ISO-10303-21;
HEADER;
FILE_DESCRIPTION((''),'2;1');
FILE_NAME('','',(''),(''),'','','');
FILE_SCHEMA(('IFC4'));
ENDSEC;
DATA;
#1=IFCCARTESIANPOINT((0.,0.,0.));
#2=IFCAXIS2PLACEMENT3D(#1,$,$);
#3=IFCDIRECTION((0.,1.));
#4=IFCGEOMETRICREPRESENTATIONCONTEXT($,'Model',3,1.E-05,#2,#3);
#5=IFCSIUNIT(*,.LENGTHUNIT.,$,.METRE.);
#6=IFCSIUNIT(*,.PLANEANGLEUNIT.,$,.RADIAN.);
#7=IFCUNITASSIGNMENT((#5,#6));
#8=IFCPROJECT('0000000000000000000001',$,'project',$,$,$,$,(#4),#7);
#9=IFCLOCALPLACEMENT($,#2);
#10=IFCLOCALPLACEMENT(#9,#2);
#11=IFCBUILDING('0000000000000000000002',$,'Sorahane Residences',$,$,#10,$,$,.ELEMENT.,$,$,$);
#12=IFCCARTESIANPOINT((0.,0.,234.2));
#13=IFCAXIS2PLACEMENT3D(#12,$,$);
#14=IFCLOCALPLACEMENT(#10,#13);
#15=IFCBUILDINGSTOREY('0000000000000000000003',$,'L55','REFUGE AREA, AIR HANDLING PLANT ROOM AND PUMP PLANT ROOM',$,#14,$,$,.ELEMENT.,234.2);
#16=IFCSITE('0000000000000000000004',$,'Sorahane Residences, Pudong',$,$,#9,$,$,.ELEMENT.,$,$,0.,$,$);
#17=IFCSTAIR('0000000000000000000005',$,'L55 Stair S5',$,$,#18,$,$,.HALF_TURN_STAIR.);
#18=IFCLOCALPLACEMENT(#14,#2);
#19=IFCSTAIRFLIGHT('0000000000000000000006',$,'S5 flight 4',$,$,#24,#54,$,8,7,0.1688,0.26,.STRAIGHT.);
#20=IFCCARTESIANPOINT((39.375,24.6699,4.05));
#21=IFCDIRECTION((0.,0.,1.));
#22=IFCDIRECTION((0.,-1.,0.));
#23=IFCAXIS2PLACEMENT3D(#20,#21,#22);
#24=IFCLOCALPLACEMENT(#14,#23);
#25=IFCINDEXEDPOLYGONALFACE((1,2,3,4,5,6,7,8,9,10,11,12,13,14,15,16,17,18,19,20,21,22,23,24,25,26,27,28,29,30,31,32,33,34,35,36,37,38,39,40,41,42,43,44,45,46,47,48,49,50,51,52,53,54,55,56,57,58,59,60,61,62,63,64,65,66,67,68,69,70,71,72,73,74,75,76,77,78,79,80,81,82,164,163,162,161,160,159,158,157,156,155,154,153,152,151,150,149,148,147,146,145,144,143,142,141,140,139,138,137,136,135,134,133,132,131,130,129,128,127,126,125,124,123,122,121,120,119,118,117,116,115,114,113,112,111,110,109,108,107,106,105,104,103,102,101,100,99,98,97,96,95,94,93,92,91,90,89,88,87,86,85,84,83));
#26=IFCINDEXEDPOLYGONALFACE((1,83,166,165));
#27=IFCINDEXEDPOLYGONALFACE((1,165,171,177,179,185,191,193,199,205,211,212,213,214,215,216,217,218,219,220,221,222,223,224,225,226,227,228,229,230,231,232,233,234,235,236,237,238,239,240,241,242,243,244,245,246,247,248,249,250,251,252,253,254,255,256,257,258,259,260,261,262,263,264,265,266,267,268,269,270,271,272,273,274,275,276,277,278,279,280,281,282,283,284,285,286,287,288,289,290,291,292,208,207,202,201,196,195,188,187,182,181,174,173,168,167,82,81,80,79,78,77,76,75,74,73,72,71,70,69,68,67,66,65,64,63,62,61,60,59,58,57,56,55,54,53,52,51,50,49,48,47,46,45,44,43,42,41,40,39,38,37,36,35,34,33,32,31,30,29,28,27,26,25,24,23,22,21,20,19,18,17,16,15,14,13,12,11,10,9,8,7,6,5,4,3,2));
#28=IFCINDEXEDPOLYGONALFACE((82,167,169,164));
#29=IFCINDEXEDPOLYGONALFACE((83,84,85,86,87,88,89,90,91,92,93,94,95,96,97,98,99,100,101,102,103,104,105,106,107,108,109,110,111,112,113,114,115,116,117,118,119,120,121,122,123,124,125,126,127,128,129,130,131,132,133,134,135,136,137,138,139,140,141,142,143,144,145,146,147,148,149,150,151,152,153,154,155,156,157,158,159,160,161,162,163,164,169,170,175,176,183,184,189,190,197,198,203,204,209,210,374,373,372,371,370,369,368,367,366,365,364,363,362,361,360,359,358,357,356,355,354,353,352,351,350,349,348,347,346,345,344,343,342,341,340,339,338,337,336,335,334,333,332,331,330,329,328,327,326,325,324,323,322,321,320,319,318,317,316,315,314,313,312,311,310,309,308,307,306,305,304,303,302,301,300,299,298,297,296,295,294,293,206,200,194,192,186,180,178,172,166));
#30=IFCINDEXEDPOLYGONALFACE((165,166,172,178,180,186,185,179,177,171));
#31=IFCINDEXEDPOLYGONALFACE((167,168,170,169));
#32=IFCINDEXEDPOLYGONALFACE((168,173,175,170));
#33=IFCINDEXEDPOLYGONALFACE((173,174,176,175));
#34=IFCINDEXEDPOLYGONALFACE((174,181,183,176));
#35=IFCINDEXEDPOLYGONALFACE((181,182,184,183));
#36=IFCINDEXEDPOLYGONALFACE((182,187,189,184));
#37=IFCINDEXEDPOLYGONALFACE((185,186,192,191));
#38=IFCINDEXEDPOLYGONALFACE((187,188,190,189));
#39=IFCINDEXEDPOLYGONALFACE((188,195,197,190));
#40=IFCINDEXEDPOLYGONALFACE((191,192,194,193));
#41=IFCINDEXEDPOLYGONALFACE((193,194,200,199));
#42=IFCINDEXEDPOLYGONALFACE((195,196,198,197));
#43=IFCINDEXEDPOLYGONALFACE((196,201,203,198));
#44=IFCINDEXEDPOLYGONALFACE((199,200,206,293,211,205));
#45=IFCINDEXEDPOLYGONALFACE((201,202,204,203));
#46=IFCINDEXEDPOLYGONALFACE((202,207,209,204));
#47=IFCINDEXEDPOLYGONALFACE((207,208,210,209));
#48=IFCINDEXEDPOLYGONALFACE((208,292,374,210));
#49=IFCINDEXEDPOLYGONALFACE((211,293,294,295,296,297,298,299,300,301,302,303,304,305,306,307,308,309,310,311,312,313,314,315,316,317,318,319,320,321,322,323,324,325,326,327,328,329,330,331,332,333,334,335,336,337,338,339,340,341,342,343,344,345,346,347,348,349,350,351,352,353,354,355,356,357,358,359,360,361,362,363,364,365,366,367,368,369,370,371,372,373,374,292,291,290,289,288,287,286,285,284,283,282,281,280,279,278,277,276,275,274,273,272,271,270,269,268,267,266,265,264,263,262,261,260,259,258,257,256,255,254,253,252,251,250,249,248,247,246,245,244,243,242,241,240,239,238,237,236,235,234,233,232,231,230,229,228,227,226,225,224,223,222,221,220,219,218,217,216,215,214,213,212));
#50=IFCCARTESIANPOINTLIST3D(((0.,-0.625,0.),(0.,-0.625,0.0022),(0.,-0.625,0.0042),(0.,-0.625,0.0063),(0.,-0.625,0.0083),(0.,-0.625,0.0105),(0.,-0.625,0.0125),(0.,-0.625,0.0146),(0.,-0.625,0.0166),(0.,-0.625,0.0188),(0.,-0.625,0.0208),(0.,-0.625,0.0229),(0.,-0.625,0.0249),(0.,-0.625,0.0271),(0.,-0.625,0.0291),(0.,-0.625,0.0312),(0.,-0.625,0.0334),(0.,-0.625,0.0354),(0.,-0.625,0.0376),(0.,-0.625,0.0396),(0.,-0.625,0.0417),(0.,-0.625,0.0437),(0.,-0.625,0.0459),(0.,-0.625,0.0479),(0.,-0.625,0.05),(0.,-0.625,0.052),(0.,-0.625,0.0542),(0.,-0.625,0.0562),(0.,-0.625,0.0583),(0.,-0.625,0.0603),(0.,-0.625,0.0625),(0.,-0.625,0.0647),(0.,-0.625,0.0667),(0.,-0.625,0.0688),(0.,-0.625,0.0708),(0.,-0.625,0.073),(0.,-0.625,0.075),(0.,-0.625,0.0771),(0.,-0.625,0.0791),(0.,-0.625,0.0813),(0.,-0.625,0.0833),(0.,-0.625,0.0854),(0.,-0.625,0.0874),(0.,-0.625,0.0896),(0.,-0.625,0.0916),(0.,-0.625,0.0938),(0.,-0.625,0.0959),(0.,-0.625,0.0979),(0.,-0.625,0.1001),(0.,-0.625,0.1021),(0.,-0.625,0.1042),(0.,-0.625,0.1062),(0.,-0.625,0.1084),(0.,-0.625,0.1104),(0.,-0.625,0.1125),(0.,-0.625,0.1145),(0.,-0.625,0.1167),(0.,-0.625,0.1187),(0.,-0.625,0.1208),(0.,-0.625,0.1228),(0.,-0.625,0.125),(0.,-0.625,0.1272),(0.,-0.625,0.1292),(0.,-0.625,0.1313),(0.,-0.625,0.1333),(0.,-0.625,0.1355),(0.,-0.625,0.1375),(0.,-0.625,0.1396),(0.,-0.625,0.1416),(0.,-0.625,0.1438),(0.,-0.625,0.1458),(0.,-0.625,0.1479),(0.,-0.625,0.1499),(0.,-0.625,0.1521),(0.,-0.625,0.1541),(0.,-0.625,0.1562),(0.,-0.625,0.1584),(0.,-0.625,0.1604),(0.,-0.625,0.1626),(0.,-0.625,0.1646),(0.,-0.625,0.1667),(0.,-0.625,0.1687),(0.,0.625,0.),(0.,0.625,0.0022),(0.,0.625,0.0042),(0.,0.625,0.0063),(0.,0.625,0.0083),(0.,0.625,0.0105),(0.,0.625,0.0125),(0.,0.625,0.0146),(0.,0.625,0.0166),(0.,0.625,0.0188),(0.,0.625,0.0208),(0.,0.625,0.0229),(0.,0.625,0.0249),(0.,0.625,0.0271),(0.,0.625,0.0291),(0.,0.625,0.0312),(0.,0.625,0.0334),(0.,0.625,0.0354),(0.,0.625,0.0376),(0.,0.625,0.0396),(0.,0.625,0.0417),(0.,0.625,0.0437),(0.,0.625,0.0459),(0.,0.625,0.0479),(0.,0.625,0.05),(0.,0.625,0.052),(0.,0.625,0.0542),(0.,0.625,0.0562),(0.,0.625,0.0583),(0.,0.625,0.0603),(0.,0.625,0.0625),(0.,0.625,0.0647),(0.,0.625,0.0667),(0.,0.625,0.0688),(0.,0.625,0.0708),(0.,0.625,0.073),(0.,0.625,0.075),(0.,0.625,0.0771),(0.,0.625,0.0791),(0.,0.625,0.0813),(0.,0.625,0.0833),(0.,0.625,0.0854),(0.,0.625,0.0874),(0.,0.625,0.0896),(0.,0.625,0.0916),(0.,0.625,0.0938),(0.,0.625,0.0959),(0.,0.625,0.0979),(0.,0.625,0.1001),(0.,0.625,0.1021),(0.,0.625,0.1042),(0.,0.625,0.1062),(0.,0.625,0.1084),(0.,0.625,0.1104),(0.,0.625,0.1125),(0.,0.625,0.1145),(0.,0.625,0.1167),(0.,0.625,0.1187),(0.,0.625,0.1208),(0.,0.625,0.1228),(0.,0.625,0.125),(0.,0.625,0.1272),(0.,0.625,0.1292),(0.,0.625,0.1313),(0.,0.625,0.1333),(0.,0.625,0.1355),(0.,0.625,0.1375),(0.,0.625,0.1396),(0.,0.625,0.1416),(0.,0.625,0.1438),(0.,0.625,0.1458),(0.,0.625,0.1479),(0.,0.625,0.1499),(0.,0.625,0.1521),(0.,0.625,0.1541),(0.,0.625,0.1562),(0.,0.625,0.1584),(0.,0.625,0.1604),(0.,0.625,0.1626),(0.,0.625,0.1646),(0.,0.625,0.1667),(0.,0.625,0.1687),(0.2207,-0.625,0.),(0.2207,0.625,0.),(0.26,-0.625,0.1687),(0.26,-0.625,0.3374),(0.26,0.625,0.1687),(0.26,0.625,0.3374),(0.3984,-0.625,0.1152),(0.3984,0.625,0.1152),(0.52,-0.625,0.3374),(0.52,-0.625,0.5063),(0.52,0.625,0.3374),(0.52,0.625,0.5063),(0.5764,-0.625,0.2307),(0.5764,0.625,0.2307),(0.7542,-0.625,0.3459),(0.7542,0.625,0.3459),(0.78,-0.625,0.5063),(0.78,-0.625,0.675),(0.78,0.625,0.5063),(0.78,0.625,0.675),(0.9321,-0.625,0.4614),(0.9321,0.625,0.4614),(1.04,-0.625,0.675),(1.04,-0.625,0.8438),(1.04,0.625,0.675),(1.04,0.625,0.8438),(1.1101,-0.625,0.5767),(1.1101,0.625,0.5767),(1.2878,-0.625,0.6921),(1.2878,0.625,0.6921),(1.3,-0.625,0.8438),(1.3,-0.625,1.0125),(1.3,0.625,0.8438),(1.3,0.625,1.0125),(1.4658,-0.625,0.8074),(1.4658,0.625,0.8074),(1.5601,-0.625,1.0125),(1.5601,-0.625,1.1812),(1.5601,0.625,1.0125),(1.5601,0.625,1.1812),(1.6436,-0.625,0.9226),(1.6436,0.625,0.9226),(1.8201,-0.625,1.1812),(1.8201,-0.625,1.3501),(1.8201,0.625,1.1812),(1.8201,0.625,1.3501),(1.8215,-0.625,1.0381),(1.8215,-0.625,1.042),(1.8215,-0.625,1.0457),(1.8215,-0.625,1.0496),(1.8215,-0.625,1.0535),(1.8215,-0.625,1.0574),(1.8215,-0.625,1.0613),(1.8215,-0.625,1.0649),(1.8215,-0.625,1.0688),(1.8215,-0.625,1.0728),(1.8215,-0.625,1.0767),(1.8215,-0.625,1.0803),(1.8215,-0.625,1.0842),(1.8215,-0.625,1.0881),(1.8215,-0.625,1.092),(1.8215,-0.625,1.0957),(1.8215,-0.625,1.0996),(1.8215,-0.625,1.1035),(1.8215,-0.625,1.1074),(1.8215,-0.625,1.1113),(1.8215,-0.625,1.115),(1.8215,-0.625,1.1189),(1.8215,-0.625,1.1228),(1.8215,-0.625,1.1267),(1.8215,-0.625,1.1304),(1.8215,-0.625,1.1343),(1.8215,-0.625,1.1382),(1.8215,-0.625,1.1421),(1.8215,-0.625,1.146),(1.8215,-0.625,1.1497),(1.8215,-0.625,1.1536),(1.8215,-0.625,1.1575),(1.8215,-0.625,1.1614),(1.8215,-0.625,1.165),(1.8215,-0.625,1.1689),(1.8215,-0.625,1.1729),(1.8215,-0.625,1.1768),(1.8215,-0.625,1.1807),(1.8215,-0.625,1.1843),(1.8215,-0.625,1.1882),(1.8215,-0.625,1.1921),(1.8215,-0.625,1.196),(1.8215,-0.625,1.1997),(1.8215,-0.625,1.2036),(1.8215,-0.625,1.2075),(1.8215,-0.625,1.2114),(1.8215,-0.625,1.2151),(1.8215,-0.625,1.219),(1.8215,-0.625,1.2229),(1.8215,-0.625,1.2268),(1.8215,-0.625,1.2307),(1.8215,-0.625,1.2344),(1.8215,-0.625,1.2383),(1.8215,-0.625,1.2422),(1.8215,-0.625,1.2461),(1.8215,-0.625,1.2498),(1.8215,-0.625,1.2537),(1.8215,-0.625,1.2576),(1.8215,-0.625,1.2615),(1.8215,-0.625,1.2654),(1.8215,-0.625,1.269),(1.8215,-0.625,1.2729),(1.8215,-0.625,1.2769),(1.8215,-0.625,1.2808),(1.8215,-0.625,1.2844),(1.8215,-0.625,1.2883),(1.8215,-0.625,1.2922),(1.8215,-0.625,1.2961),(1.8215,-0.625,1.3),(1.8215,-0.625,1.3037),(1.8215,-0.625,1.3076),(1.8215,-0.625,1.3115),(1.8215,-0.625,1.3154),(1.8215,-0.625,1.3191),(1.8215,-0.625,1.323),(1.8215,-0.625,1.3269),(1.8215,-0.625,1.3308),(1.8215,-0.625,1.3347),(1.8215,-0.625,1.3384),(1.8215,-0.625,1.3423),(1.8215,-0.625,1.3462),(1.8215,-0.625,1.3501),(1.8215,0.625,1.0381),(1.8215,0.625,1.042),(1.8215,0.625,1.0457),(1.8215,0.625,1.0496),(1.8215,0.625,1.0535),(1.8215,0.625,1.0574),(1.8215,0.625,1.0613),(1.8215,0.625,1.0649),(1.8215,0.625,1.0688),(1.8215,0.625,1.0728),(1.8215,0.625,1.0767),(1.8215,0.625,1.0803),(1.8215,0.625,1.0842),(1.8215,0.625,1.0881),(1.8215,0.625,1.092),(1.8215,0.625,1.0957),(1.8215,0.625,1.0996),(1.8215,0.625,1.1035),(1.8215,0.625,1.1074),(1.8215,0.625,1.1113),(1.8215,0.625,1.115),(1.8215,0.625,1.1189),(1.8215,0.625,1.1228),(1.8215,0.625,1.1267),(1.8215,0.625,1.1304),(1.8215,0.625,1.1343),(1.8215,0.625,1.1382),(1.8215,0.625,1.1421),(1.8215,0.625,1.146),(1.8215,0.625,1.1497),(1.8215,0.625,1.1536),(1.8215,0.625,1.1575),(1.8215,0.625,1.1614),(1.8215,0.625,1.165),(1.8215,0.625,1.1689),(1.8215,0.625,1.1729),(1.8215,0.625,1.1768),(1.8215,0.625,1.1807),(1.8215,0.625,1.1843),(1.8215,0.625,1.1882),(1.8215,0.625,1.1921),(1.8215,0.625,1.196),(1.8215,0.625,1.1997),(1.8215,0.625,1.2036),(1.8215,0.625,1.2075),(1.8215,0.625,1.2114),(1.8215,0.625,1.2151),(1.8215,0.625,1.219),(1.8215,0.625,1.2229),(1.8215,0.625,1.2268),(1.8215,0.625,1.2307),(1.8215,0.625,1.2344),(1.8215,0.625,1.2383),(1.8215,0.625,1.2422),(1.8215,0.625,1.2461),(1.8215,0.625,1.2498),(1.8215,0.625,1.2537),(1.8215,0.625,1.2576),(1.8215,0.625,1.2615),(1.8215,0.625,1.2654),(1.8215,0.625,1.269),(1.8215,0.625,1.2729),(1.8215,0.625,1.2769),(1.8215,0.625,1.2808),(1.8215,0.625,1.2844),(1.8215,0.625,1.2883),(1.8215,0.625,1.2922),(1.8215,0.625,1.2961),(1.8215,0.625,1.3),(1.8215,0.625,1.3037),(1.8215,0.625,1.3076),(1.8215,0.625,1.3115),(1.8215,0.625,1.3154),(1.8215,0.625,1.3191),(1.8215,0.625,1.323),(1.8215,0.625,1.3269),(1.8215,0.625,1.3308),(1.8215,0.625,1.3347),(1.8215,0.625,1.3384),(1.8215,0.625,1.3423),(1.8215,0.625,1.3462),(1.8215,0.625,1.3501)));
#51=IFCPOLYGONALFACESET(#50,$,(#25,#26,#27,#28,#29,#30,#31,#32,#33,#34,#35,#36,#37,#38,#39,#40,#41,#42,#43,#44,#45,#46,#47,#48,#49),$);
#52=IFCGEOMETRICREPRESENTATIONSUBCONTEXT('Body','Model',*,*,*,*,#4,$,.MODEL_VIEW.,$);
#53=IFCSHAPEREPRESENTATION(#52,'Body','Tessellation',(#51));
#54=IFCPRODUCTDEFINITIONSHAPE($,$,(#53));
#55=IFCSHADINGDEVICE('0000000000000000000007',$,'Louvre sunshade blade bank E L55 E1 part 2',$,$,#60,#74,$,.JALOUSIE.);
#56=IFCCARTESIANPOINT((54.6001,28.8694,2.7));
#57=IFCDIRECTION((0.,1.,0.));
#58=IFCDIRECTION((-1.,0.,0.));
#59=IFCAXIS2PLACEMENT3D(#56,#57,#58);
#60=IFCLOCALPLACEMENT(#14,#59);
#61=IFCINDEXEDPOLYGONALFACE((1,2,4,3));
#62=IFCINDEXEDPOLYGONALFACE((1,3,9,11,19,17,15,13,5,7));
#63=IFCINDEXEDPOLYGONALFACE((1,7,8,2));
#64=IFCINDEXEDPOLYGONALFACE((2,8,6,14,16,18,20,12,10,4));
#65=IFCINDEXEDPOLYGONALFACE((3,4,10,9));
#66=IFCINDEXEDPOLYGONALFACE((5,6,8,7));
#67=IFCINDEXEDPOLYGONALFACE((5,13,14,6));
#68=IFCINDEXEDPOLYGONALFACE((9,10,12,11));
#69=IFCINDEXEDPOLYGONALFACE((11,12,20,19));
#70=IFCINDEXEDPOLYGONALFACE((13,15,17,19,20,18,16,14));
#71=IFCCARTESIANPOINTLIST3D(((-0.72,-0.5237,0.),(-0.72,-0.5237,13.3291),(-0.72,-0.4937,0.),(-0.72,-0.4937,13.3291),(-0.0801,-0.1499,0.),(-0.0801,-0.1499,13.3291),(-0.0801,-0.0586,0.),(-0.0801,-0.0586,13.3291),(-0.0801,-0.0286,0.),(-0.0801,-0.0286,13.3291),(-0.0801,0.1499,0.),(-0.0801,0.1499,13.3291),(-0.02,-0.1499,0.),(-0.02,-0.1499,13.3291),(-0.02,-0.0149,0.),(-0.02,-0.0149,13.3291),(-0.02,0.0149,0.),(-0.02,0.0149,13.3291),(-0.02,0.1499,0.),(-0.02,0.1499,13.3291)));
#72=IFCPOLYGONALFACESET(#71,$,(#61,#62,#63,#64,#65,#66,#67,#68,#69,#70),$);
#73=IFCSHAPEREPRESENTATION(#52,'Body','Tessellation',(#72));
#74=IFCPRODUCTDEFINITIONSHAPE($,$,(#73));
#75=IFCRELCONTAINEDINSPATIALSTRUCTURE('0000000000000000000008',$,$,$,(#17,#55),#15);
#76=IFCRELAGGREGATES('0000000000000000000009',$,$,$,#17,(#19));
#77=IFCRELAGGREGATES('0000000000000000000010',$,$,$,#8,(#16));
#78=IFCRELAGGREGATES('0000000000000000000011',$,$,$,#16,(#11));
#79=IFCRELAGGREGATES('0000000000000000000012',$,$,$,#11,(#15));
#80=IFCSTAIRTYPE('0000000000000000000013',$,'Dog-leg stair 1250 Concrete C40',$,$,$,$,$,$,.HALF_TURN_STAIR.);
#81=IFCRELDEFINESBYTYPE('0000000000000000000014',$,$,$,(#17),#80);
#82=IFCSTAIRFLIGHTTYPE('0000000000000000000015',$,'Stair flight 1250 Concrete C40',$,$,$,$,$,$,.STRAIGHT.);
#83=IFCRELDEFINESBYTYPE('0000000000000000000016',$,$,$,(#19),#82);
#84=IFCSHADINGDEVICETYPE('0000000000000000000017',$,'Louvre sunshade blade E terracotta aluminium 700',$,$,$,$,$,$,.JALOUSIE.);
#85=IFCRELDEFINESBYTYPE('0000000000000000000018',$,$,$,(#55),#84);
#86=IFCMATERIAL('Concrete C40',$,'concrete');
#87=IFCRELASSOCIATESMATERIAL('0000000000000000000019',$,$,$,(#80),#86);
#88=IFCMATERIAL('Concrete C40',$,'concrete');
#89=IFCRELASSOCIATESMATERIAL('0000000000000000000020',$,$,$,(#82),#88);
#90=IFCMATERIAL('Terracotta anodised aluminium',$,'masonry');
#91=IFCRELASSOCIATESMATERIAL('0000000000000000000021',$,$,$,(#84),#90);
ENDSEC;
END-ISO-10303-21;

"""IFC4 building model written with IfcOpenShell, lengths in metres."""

from ifc_helpers import new_model, si_unit, direction, frame, origin, place, context, subcontext, project, spatial, polyline, outline, extrude, material, type_object, element, aggregate, save


model = new_model("IFC4")

# Units and contexts
model_context = context("Model", 3, precision=1e-05, world=origin(), true_north=direction((0.0, 1.0)))
body_context = subcontext(model_context, "Body", "Model", "MODEL_VIEW")
ifc_project = project(units=[si_unit("LENGTHUNIT", "METRE"), si_unit("PLANEANGLEUNIT", "RADIAN")], contexts=[model_context])

# Site, building, storey
site_placement = place(None, origin())
site = spatial("IfcSite", under=ifc_project, at=site_placement, Name="Sorahane Residences, Pudong", CompositionType="ELEMENT", RefElevation=0.0)
building_placement = place(site_placement, origin())
building = spatial("IfcBuilding", under=site, at=building_placement, Name="Sorahane Residences", CompositionType="ELEMENT")
storey_placement = place(building_placement, frame((0.0, 0.0, 234.2)))
storey = spatial("IfcBuildingStorey", under=building, at=storey_placement, Name="L55", Description="REFUGE AREA, AIR HANDLING PLANT ROOM AND PUMP PLANT ROOM", CompositionType="ELEMENT", Elevation=234.2)

# Stair, stair flight
ifc_material_1 = material(Name="Concrete C40", Category="concrete")
stair_type = type_object("IfcStairType", Name="Dog-leg stair 1250 Concrete C40", PredefinedType="HALF_TURN_STAIR", material=ifc_material_1)
stair_placement = place(storey_placement, origin())
stair = element("IfcStair", 1, at=stair_placement, inside=storey, type_object=stair_type, Name="L55 Stair S5", PredefinedType="HALF_TURN_STAIR")
ifc_material_2 = material(Name="Concrete C40", Category="concrete")
stair_flight_type = type_object("IfcStairFlightType", Name="Stair flight 1250 Concrete C40", PredefinedType="STRAIGHT", material=ifc_material_2)
stair_flight_1_placement = place(storey_placement, frame((39.375, 24.6699, 4.05), z_axis=(0.0, 0.0, 1.0), x_axis=(0.0, -1.0, 0.0)))
stair_flight_1 = element("IfcStairFlight", 2, at=stair_flight_1_placement, type_object=stair_flight_type, Name="S5 flight 4", NumberOfRisers=8, NumberOfTreads=7, PredefinedType="STRAIGHT", RiserHeight=0.1688, TreadLength=0.26, context=body_context, shape_type="SweptSolid", body=[
    extrude(outline(polyline([(0.0, 0.0), (0.0, 0.0022), (0.0, 0.0042), (0.0, 0.0063), (0.0, 0.0083), (0.0, 0.0105), (0.0, 0.0125), (0.0, 0.0146), (0.0, 0.0166), (0.0, 0.0188), (0.0, 0.0208), (0.0, 0.0229), (0.0, 0.0249), (0.0, 0.0271), (0.0, 0.0291), (0.0, 0.0312), (0.0, 0.0334), (0.0, 0.0354), (0.0, 0.0376), (0.0, 0.0396), (0.0, 0.0417), (0.0, 0.0437), (0.0, 0.0459), (0.0, 0.0479), (0.0, 0.05), (0.0, 0.052), (0.0, 0.0542), (0.0, 0.0562), (0.0, 0.0583), (0.0, 0.0603), (0.0, 0.0625), (0.0, 0.0647), (0.0, 0.0667), (0.0, 0.0688), (0.0, 0.0708), (0.0, 0.073), (0.0, 0.075), (0.0, 0.0771), (0.0, 0.0791), (0.0, 0.0813), (0.0, 0.0833), (0.0, 0.0854), (0.0, 0.0874), (0.0, 0.0896), (0.0, 0.0916), (0.0, 0.0938), (0.0, 0.0959), (0.0, 0.0979), (0.0, 0.1001), (0.0, 0.1021), (0.0, 0.1042), (0.0, 0.1062), (0.0, 0.1084), (0.0, 0.1104), (0.0, 0.1125), (0.0, 0.1145), (0.0, 0.1167), (0.0, 0.1187), (0.0, 0.1208), (0.0, 0.1228), (0.0, 0.125), (0.0, 0.1272), (0.0, 0.1292), (0.0, 0.1313), (0.0, 0.1333), (0.0, 0.1355), (0.0, 0.1375), (0.0, 0.1396), (0.0, 0.1416), (0.0, 0.1438), (0.0, 0.1458), (0.0, 0.1479), (0.0, 0.1499), (0.0, 0.1521), (0.0, 0.1541), (0.0, 0.1562), (0.0, 0.1584), (0.0, 0.1604), (0.0, 0.1626), (0.0, 0.1646), (0.0, 0.1667), (0.0, 0.1687), (0.26, 0.1687), (0.26, 0.3374), (0.52, 0.3374), (0.52, 0.5063), (0.78, 0.5063), (0.78, 0.675), (1.04, 0.675), (1.04, 0.8438), (1.3, 0.8438), (1.3, 1.0125), (1.5601, 1.0125), (1.5601, 1.1812), (1.8201, 1.1812), (1.8201, 1.3501), (1.8215, 1.3501), (1.8215, 1.3462), (1.8215, 1.3423), (1.8215, 1.3384), (1.8215, 1.3347), (1.8215, 1.3308), (1.8215, 1.3269), (1.8215, 1.323), (1.8215, 1.3191), (1.8215, 1.3154), (1.8215, 1.3115), (1.8215, 1.3076), (1.8215, 1.3037), (1.8215, 1.3), (1.8215, 1.2961), (1.8215, 1.2922), (1.8215, 1.2883), (1.8215, 1.2844), (1.8215, 1.2808), (1.8215, 1.2769), (1.8215, 1.2729), (1.8215, 1.269), (1.8215, 1.2654), (1.8215, 1.2615), (1.8215, 1.2576), (1.8215, 1.2537), (1.8215, 1.2498), (1.8215, 1.2461), (1.8215, 1.2422), (1.8215, 1.2383), (1.8215, 1.2344), (1.8215, 1.2307), (1.8215, 1.2268), (1.8215, 1.2229), (1.8215, 1.219), (1.8215, 1.2151), (1.8215, 1.2114), (1.8215, 1.2075), (1.8215, 1.2036), (1.8215, 1.1997), (1.8215, 1.196), (1.8215, 1.1921), (1.8215, 1.1882), (1.8215, 1.1843), (1.8215, 1.1807), (1.8215, 1.1768), (1.8215, 1.1729), (1.8215, 1.1689), (1.8215, 1.165), (1.8215, 1.1614), (1.8215, 1.1575), (1.8215, 1.1536), (1.8215, 1.1497), (1.8215, 1.146), (1.8215, 1.1421), (1.8215, 1.1382), (1.8215, 1.1343), (1.8215, 1.1304), (1.8215, 1.1267), (1.8215, 1.1228), (1.8215, 1.1189), (1.8215, 1.115), (1.8215, 1.1113), (1.8215, 1.1074), (1.8215, 1.1035), (1.8215, 1.0996), (1.8215, 1.0957), (1.8215, 1.092), (1.8215, 1.0881), (1.8215, 1.0842), (1.8215, 1.0803), (1.8215, 1.0767), (1.8215, 1.0728), (1.8215, 1.0688), (1.8215, 1.0649), (1.8215, 1.0613), (1.8215, 1.0574), (1.8215, 1.0535), (1.8215, 1.0496), (1.8215, 1.0457), (1.8215, 1.042), (1.8215, 1.0381), (1.6436, 0.9226), (1.4658, 0.8074), (1.2878, 0.6921), (1.1101, 0.5767), (0.9321, 0.4614), (0.7542, 0.3459), (0.5764, 0.2307), (0.3984, 0.1152), (0.2207, 0.0), (0.0, 0.0)])), frame((0.0, 0.625, 0.0), z_axis=(0.0, -1.0, 0.0), x_axis=(1.0, 0.0, 0.0)), (0.0, 0.0, 1.0), 1.25),
])
aggregate(stair, [stair_flight_1])

# Shading device
ifc_material_3 = material(Name="Terracotta anodised aluminium", Category="masonry")
shading_device_type = type_object("IfcShadingDeviceType", Name="Louvre sunshade blade E terracotta aluminium 700", PredefinedType="JALOUSIE", material=ifc_material_3)
shading_device_placement = place(storey_placement, frame((54.6001, 28.8694, 2.7), z_axis=(0.0, 1.0, 0.0), x_axis=(-1.0, 0.0, 0.0)))
element("IfcShadingDevice", 3, at=shading_device_placement, inside=storey, type_object=shading_device_type, Name="Louvre sunshade blade bank E L55 E1 part 2", PredefinedType="JALOUSIE", context=body_context, shape_type="SweptSolid", body=[
    extrude(outline(polyline([(-0.72, -0.4937), (-0.72, -0.5237), (-0.0801, -0.0586), (-0.0801, -0.1499), (-0.02, -0.1499), (-0.02, -0.0149), (-0.02, 0.0149), (-0.02, 0.1499), (-0.0801, 0.1499), (-0.0801, -0.0286), (-0.72, -0.4937)])), origin(), (0.0, 0.0, 1.0), 13.3291),
])

save(model, "model.ifc")
